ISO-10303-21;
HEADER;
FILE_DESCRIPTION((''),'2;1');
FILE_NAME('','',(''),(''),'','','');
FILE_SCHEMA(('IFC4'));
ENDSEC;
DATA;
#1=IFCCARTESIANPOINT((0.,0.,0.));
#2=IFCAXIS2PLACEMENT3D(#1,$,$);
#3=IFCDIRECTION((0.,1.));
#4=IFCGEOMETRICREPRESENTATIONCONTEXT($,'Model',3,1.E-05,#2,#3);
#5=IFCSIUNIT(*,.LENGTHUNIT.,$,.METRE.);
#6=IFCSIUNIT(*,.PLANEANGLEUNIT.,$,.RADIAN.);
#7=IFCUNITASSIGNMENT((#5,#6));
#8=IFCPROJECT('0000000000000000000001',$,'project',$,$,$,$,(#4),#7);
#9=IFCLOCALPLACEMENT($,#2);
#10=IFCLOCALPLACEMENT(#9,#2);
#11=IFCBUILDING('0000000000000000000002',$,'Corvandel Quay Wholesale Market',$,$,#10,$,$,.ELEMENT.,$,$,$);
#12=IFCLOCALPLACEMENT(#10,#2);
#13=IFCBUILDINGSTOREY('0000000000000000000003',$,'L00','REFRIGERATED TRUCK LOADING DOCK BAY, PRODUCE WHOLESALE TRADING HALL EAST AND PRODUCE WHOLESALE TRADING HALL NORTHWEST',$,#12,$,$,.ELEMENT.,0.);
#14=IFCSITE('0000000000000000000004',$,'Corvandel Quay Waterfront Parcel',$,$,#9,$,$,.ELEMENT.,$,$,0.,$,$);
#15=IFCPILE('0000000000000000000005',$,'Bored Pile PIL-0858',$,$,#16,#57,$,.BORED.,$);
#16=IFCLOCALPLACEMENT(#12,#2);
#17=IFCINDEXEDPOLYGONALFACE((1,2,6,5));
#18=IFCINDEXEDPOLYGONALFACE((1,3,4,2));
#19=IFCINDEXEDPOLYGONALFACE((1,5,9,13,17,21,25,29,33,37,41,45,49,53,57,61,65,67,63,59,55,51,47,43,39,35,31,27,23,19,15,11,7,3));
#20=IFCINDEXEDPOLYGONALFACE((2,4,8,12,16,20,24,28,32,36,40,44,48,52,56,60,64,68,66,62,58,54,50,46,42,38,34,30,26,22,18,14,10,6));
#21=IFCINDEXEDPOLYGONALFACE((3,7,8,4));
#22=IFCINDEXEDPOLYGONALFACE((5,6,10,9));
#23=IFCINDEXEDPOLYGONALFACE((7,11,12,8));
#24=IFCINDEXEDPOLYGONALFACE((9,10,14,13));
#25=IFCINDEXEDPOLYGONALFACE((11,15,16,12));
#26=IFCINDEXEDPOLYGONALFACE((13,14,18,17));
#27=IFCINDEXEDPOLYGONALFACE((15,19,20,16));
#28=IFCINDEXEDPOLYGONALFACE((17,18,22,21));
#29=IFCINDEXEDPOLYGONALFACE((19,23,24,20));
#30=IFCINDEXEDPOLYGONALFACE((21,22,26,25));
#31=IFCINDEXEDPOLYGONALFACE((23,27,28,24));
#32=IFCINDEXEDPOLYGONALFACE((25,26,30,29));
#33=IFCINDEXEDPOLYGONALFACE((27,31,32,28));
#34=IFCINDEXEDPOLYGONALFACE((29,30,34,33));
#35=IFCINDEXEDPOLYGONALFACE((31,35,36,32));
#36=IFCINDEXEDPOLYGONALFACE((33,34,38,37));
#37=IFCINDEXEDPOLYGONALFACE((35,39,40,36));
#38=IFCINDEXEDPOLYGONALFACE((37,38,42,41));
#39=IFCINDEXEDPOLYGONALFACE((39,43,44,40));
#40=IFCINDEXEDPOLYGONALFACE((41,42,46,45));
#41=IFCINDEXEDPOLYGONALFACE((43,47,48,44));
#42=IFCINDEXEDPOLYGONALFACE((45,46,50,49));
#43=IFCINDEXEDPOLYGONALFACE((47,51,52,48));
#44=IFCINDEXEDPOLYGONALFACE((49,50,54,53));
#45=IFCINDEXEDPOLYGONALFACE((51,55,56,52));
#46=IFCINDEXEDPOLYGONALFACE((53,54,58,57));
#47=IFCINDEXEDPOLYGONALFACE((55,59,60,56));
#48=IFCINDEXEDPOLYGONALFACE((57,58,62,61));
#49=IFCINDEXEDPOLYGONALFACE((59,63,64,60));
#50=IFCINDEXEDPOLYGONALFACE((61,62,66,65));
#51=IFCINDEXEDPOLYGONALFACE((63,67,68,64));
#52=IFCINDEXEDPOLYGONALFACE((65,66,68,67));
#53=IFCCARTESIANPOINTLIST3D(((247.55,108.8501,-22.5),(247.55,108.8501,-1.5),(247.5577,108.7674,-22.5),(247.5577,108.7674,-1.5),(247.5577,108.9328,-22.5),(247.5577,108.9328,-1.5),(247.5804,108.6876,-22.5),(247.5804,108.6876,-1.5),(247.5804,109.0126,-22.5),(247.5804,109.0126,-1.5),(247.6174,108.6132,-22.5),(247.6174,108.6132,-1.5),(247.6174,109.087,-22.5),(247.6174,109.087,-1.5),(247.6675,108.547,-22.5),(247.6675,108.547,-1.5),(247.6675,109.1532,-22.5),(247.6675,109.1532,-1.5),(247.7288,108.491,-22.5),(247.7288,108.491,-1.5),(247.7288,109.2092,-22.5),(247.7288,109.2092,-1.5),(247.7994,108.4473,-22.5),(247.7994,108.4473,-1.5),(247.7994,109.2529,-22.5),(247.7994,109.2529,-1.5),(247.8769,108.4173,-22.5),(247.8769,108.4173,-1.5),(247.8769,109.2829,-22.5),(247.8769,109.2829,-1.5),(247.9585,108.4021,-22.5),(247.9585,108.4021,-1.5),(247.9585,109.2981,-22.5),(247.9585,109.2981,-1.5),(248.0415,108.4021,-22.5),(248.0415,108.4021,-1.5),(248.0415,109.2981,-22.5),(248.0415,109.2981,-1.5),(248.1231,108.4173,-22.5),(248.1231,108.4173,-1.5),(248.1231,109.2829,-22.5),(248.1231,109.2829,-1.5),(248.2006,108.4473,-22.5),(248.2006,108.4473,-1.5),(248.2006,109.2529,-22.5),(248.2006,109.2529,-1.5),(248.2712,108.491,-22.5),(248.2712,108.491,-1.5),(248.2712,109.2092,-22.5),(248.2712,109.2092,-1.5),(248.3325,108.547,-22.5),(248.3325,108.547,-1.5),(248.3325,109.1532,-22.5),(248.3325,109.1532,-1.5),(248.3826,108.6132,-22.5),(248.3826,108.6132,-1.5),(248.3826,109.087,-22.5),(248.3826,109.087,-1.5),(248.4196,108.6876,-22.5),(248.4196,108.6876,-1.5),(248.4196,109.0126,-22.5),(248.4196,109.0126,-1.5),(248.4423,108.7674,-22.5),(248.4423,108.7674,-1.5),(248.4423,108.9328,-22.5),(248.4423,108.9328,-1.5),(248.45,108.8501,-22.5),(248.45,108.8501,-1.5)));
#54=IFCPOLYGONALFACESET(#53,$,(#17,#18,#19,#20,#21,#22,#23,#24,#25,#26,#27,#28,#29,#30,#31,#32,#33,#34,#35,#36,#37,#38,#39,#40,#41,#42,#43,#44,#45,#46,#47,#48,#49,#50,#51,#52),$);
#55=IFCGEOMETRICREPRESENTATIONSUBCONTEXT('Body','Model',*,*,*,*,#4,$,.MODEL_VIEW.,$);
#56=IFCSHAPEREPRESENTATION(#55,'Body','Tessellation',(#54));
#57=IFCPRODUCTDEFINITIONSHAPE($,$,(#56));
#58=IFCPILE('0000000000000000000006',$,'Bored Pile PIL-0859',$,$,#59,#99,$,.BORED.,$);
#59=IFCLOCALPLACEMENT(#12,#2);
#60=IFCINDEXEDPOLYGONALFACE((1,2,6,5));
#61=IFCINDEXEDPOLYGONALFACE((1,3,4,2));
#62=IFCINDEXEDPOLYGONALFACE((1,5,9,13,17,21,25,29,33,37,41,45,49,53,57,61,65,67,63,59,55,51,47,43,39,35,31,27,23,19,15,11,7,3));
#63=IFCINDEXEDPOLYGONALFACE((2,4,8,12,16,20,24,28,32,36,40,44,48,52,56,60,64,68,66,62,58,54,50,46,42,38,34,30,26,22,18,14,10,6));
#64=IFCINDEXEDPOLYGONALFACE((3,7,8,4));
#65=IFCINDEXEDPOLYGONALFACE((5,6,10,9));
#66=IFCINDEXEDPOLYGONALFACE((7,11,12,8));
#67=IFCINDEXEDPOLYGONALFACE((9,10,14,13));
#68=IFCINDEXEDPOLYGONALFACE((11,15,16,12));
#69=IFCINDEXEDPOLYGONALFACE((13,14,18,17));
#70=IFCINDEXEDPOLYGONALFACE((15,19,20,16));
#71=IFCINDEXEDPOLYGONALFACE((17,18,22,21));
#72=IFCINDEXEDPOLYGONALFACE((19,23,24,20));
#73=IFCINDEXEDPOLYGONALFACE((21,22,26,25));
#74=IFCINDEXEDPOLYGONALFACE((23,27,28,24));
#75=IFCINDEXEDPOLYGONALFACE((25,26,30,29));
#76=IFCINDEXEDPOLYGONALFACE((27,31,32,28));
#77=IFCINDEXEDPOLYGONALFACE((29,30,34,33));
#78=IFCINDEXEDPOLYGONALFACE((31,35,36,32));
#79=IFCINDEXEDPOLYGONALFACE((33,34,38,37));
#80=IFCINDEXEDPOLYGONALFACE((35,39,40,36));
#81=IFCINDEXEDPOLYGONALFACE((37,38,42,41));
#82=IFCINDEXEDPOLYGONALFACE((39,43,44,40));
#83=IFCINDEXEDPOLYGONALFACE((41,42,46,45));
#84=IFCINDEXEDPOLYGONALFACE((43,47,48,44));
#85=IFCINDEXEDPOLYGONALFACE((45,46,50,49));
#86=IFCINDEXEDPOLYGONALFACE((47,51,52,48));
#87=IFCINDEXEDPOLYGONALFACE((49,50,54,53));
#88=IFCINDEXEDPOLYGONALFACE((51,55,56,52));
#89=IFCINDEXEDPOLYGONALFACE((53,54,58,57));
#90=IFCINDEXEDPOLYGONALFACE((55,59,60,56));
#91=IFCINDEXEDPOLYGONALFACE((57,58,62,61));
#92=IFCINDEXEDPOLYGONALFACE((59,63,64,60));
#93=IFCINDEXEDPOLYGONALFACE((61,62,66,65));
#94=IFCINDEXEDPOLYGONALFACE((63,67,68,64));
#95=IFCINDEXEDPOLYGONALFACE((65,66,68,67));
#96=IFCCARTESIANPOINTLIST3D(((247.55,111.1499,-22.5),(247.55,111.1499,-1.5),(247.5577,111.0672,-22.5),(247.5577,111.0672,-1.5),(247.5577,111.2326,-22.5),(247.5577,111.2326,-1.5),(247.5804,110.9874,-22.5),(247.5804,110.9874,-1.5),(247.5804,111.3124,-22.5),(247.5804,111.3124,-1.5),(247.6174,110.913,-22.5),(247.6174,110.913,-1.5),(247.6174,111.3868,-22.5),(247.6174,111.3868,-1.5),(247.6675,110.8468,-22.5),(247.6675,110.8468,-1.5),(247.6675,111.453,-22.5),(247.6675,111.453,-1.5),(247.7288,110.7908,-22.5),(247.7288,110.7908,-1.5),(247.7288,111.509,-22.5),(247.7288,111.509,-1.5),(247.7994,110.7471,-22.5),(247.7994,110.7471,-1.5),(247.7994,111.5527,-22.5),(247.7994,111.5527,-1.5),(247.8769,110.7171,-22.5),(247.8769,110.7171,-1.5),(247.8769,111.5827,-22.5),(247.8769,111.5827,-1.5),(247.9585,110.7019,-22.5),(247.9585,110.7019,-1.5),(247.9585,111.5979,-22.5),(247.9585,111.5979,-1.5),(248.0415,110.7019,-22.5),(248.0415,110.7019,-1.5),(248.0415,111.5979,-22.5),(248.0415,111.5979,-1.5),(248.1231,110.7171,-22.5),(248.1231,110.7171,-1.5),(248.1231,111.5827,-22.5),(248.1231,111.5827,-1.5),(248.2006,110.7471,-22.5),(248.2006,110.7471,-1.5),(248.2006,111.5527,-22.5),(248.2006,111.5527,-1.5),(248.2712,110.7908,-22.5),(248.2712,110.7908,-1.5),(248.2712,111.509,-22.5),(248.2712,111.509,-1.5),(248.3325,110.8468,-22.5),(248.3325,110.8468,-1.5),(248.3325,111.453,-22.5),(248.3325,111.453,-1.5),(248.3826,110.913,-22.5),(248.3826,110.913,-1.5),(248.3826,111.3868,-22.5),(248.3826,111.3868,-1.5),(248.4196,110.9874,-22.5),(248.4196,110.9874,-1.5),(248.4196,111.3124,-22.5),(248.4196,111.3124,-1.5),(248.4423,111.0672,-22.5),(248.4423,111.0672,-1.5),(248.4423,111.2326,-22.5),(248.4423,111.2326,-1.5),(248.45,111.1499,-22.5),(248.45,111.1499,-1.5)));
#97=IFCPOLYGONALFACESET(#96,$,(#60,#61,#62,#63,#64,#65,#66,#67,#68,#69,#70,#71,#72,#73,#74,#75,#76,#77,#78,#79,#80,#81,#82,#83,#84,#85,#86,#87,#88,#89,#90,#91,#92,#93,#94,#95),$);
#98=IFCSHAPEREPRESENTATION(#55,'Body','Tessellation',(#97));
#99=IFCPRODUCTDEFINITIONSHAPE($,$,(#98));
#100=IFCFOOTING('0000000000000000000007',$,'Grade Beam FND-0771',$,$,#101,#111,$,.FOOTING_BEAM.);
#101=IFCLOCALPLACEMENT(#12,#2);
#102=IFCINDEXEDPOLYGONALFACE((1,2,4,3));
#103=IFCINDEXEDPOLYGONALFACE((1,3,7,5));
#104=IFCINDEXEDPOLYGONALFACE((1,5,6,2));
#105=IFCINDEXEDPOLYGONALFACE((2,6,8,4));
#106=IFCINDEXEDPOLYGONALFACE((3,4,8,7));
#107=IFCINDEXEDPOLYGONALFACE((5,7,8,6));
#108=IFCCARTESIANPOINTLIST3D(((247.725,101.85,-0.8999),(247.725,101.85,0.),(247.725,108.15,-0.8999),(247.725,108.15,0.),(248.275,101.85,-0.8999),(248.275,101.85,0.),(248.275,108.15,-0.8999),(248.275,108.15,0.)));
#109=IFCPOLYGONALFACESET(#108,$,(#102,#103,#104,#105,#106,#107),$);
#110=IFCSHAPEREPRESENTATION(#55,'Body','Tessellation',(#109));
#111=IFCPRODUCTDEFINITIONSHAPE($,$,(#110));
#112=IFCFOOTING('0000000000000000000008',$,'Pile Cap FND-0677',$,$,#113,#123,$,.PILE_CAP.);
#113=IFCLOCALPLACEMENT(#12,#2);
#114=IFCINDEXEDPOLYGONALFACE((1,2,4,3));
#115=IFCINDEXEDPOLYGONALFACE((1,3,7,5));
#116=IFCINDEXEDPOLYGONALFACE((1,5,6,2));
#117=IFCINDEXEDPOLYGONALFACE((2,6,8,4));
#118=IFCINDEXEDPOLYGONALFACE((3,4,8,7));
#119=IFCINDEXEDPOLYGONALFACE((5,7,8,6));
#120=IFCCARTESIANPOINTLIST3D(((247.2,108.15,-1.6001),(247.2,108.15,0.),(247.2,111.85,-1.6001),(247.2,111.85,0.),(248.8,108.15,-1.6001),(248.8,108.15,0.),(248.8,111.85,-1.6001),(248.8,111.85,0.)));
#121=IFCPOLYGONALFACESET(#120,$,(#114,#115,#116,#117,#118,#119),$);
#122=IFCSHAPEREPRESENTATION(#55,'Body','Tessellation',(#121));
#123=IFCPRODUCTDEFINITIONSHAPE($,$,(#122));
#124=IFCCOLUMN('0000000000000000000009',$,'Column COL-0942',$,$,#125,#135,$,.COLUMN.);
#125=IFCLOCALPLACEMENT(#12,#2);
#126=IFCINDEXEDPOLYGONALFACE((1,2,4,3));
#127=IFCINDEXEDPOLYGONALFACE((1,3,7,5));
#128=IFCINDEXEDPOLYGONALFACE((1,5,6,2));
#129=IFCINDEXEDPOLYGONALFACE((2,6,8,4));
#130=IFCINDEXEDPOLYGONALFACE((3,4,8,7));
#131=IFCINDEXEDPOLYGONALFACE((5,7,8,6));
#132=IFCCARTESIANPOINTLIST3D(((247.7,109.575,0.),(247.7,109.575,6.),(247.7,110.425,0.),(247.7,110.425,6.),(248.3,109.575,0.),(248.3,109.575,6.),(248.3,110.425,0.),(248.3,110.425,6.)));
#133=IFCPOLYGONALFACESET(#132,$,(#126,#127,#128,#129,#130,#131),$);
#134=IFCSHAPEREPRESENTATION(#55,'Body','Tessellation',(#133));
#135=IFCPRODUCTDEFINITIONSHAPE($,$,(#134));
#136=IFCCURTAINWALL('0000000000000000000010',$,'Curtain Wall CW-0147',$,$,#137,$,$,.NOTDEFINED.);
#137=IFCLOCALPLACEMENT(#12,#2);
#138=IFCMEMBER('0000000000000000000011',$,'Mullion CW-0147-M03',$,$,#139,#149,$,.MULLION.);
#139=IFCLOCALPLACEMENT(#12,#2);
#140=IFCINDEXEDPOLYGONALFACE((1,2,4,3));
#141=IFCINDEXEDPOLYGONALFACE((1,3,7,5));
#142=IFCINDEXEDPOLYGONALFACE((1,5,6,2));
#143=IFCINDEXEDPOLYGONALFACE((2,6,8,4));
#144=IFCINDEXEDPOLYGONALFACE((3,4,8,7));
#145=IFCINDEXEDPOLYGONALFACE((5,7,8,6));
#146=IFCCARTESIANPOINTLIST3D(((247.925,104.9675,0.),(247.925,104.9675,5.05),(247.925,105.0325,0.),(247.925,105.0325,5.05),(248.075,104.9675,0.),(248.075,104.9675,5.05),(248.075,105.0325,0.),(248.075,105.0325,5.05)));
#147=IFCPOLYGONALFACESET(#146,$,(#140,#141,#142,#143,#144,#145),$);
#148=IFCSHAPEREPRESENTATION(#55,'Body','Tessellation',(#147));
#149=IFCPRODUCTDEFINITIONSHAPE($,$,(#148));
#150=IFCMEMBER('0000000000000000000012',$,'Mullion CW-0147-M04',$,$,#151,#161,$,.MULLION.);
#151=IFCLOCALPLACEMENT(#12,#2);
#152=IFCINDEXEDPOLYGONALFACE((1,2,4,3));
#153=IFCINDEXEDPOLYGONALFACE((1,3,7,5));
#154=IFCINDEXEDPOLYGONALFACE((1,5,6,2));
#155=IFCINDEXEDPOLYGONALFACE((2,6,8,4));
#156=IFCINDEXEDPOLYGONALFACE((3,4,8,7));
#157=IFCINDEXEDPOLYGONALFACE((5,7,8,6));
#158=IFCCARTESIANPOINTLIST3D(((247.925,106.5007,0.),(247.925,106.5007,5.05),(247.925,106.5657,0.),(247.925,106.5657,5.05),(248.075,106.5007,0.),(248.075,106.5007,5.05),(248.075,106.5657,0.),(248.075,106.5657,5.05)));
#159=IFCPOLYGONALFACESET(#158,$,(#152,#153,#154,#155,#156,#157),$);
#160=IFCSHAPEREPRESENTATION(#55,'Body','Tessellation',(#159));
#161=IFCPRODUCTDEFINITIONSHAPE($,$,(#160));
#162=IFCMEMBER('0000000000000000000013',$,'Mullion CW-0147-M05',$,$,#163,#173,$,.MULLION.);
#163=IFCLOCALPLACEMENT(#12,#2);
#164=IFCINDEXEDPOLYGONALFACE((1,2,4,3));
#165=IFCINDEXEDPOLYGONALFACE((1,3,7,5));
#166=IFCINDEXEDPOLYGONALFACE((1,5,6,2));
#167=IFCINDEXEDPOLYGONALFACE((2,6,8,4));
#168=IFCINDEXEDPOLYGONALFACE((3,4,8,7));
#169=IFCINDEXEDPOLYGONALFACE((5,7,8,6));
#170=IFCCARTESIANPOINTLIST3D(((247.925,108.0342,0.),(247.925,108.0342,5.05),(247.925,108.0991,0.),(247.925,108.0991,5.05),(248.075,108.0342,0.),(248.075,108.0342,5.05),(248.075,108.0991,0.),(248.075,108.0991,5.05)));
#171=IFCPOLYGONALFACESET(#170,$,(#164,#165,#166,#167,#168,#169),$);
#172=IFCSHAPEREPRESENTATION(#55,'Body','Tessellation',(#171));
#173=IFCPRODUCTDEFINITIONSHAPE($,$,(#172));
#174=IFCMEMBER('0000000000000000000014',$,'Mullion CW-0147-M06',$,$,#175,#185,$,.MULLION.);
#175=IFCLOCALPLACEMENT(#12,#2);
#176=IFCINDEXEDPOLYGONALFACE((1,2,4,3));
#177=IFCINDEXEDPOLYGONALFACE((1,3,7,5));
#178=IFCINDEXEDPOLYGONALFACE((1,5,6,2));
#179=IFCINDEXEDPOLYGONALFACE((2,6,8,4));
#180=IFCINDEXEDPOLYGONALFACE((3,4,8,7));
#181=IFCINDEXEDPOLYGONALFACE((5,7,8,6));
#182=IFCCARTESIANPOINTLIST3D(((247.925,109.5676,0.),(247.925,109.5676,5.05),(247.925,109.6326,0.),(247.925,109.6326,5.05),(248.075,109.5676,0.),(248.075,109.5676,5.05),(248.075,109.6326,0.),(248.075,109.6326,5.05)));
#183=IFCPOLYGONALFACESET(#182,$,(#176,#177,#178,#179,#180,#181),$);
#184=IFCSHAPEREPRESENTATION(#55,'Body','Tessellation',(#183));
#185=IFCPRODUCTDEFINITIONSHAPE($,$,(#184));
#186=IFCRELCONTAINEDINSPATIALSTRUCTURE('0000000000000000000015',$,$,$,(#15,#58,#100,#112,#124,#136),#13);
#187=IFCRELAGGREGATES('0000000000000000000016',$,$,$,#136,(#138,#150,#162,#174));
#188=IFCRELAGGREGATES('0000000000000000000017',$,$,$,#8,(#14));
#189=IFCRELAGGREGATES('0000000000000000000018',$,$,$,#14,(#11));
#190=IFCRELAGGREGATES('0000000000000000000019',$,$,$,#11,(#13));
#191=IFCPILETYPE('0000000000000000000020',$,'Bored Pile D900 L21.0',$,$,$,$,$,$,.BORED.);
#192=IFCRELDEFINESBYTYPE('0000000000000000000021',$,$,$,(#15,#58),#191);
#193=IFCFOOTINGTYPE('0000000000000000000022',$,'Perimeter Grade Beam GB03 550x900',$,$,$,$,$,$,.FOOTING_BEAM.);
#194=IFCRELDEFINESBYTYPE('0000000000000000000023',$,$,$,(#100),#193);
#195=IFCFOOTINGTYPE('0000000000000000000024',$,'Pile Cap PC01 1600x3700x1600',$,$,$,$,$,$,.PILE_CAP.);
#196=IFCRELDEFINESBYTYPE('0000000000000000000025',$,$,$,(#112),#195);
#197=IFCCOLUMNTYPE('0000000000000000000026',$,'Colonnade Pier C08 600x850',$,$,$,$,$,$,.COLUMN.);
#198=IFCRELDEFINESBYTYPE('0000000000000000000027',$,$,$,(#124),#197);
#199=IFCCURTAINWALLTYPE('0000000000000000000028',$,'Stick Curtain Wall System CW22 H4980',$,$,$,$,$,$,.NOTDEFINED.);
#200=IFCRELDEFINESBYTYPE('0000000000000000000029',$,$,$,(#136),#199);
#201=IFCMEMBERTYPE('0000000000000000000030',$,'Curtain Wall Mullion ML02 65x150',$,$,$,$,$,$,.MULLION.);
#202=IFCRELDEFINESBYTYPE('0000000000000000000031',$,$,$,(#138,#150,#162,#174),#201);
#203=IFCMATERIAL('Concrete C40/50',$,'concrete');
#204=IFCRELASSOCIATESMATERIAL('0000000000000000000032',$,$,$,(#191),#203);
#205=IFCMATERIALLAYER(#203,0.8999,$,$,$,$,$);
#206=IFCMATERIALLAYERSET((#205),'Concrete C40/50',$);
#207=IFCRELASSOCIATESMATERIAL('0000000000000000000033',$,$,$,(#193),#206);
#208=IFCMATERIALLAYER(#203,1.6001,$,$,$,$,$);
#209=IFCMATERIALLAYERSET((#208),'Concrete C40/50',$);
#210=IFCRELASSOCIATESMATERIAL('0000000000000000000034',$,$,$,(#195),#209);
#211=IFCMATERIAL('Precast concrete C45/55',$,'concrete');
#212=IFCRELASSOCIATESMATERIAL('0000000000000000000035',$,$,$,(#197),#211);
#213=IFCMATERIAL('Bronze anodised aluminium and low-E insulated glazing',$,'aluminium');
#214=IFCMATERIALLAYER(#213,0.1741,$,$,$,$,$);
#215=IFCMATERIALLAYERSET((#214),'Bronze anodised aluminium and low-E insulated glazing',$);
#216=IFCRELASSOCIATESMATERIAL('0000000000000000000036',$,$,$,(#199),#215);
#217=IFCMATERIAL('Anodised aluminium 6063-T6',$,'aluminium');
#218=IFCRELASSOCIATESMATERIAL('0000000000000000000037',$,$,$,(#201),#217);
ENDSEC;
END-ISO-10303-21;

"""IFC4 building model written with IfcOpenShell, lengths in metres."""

from ifc_helpers import new_model, si_unit, direction, frame, origin, origin_2d, place, context, subcontext, project, spatial, rectangle, circle, extrude, material, layer, layer_set, material_profile, profile_set, type_object, element, aggregate, save


model = new_model("IFC4")

# Units and contexts
model_context = context("Model", 3, precision=1e-05, world=origin(), true_north=direction((0.0, 1.0)))
body_context = subcontext(model_context, "Body", "Model", "MODEL_VIEW")
ifc_project = project(units=[si_unit("LENGTHUNIT", "METRE"), si_unit("PLANEANGLEUNIT", "RADIAN")], contexts=[model_context])

# Site, building, storey
site_placement = place(None, origin())
site = spatial("IfcSite", under=ifc_project, at=site_placement, Name="Corvandel Quay Waterfront Parcel", CompositionType="ELEMENT", RefElevation=0.0)
building_placement = place(site_placement, origin())
building = spatial("IfcBuilding", under=site, at=building_placement, Name="Corvandel Quay Wholesale Market", CompositionType="ELEMENT")
storey_placement = place(building_placement, origin())
storey = spatial("IfcBuildingStorey", under=building, at=storey_placement, Name="L00", Description="REFRIGERATED TRUCK LOADING DOCK BAY, PRODUCE WHOLESALE TRADING HALL EAST AND PRODUCE WHOLESALE TRADING HALL NORTHWEST", CompositionType="ELEMENT", Elevation=0.0)

# Piles
ifc_material_1 = material(Name="Concrete C40/50", Category="concrete")
ifc_material_profile_1 = material_profile(ifc_material_1, circle(Radius=0.45, at=origin_2d()), Name="RC-PILE-D900")
ifc_profile_set_1 = profile_set([ifc_material_profile_1], Name="Concrete C40/50")
pile_type = type_object("IfcPileType", Name="Bored Pile D900 L21.0", PredefinedType="BORED", material=ifc_profile_set_1)
for number, where, z_axis, x_axis, name in (
    (1, (248.0, 108.8501, -1.5), (0.0, 0.0, -1.0), (1.0, 0.0, 0.0), "Bored Pile PIL-0858"),
    (2, (248.0, 111.1499, -1.5), (0.0, 0.0, -1.0), (1.0, 0.0, 0.0), "Bored Pile PIL-0859"),
):
    element("IfcPile", number, at=place(storey_placement, frame(where, z_axis=z_axis, x_axis=x_axis)), inside=storey, type_object=pile_type, Name=name, PredefinedType="BORED", context=body_context, shape_type="SweptSolid", body=[
        extrude(circle(Radius=0.45, at=origin_2d()), origin(), (0.0, 0.0, 1.0), 21.0),
    ])

# Footings
ifc_layer_1 = layer(ifc_material_1, 0.8999)
ifc_layer_set_1 = layer_set([ifc_layer_1], Name="Concrete C40/50")
footing_type_1 = type_object("IfcFootingType", Name="Perimeter Grade Beam GB03 550x900", PredefinedType="FOOTING_BEAM", material=ifc_layer_set_1)
footing_1_placement = place(storey_placement, frame((248.0, 105.0, -0.8999), z_axis=(0.0, 0.0, 1.0), x_axis=(0.0, 1.0, 0.0)))
element("IfcFooting", 3, at=footing_1_placement, inside=storey, type_object=footing_type_1, Name="Grade Beam FND-0771", PredefinedType="FOOTING_BEAM", context=body_context, shape_type="SweptSolid", body=[
    extrude(rectangle(XDim=6.3, YDim=0.55, at=origin_2d()), origin(), (0.0, 0.0, 1.0), 0.8999),
])
ifc_layer_2 = layer(ifc_material_1, 1.6001)
ifc_layer_set_2 = layer_set([ifc_layer_2], Name="Concrete C40/50")
footing_type_2 = type_object("IfcFootingType", Name="Pile Cap PC01 1600x3700x1600", PredefinedType="PILE_CAP", material=ifc_layer_set_2)
footing_2_placement = place(storey_placement, frame((248.0, 110.0, -1.6001), z_axis=(0.0, 0.0, 1.0), x_axis=(1.0, 0.0, 0.0)))
element("IfcFooting", 4, at=footing_2_placement, inside=storey, type_object=footing_type_2, Name="Pile Cap FND-0677", PredefinedType="PILE_CAP", context=body_context, shape_type="SweptSolid", body=[
    extrude(rectangle(XDim=1.6001, YDim=3.7, at=origin_2d()), origin(), (0.0, 0.0, 1.0), 1.6001),
])

# Column
ifc_material_2 = material(Name="Precast concrete C45/55", Category="concrete")
ifc_material_profile_2 = material_profile(ifc_material_2, rectangle(XDim=0.6001, YDim=0.8501, at=origin_2d()), Name="PC-COL-600x850")
ifc_profile_set_2 = profile_set([ifc_material_profile_2], Name="Precast concrete C45/55")
column_type = type_object("IfcColumnType", Name="Colonnade Pier C08 600x850", PredefinedType="COLUMN", material=ifc_profile_set_2)
column_placement = place(storey_placement, frame((248.0, 110.0, 0.0), z_axis=(0.0, 0.0, 1.0), x_axis=(1.0, 0.0, 0.0)))
element("IfcColumn", 5, at=column_placement, inside=storey, type_object=column_type, Name="Column COL-0942", PredefinedType="COLUMN", context=body_context, shape_type="SweptSolid", body=[
    extrude(rectangle(XDim=0.6001, YDim=0.8501, at=origin_2d()), origin(), (0.0, 0.0, 1.0), 6.0),
])

# Curtain wall, members
ifc_material_3 = material(Name="Bronze anodised aluminium and low-E insulated glazing", Category="aluminium")
ifc_layer_3 = layer(ifc_material_3, 0.1741)
ifc_layer_set_3 = layer_set([ifc_layer_3], Name="Bronze anodised aluminium and low-E insulated glazing")
curtain_wall_type = type_object("IfcCurtainWallType", Name="Stick Curtain Wall System CW22 H4980", PredefinedType="NOTDEFINED", material=ifc_layer_set_3)
curtain_wall_placement = place(storey_placement, origin())
curtain_wall = element("IfcCurtainWall", 6, at=curtain_wall_placement, inside=storey, type_object=curtain_wall_type, Name="Curtain Wall CW-0147", PredefinedType="NOTDEFINED")
ifc_material_4 = material(Name="Anodised aluminium 6063-T6", Category="aluminium")
ifc_material_profile_3 = material_profile(ifc_material_4, rectangle(XDim=0.0649, YDim=0.1499, at=origin_2d()), Name="ALU-MUL-65x150")
ifc_profile_set_3 = profile_set([ifc_material_profile_3], Name="Anodised aluminium 6063-T6")
member_type_1 = type_object("IfcMemberType", Name="Curtain Wall Mullion ML02 65x150", PredefinedType="MULLION", material=ifc_profile_set_3)
member_1_placement = place(storey_placement, frame((248.0, 105.0, 0.0), z_axis=(0.0, 0.0, 1.0), x_axis=(0.0, 1.0, 0.0)))
member_1 = element("IfcMember", 7, at=member_1_placement, type_object=member_type_1, Name="Mullion CW-0147-M03", PredefinedType="MULLION", context=body_context, shape_type="SweptSolid", body=[
    extrude(rectangle(XDim=0.0649, YDim=0.1499, at=origin_2d()), origin(), (0.0, 0.0, 1.0), 5.05),
])
member_2_placement = place(storey_placement, frame((248.0, 106.5332, 0.0), z_axis=(0.0, 0.0, 1.0), x_axis=(0.0, 1.0, 0.0)))
member_2 = element("IfcMember", 8, at=member_2_placement, type_object=member_type_1, Name="Mullion CW-0147-M04", PredefinedType="MULLION", context=body_context, shape_type="SweptSolid", body=[
    extrude(rectangle(XDim=0.0649, YDim=0.1499, at=origin_2d()), origin(), (0.0, 0.0, 1.0), 5.05),
])
member_3_placement = place(storey_placement, frame((248.0, 108.0667, 0.0), z_axis=(0.0, 0.0, 1.0), x_axis=(0.0, 1.0, 0.0)))
member_3 = element("IfcMember", 9, at=member_3_placement, type_object=member_type_1, Name="Mullion CW-0147-M05", PredefinedType="MULLION", context=body_context, shape_type="SweptSolid", body=[
    extrude(rectangle(XDim=0.0649, YDim=0.1499, at=origin_2d()), origin(), (0.0, 0.0, 1.0), 5.05),
])
member_4_placement = place(storey_placement, frame((248.0, 109.6001, 0.0), z_axis=(0.0, 0.0, 1.0), x_axis=(0.0, 1.0, 0.0)))
member_4 = element("IfcMember", 10, at=member_4_placement, type_object=member_type_1, Name="Mullion CW-0147-M06", PredefinedType="MULLION", context=body_context, shape_type="SweptSolid", body=[
    extrude(rectangle(XDim=0.0649, YDim=0.1499, at=origin_2d()), origin(), (0.0, 0.0, 1.0), 5.05),
])
aggregate(curtain_wall, [member_1, member_2, member_3, member_4])

save(model, "model.ifc")
